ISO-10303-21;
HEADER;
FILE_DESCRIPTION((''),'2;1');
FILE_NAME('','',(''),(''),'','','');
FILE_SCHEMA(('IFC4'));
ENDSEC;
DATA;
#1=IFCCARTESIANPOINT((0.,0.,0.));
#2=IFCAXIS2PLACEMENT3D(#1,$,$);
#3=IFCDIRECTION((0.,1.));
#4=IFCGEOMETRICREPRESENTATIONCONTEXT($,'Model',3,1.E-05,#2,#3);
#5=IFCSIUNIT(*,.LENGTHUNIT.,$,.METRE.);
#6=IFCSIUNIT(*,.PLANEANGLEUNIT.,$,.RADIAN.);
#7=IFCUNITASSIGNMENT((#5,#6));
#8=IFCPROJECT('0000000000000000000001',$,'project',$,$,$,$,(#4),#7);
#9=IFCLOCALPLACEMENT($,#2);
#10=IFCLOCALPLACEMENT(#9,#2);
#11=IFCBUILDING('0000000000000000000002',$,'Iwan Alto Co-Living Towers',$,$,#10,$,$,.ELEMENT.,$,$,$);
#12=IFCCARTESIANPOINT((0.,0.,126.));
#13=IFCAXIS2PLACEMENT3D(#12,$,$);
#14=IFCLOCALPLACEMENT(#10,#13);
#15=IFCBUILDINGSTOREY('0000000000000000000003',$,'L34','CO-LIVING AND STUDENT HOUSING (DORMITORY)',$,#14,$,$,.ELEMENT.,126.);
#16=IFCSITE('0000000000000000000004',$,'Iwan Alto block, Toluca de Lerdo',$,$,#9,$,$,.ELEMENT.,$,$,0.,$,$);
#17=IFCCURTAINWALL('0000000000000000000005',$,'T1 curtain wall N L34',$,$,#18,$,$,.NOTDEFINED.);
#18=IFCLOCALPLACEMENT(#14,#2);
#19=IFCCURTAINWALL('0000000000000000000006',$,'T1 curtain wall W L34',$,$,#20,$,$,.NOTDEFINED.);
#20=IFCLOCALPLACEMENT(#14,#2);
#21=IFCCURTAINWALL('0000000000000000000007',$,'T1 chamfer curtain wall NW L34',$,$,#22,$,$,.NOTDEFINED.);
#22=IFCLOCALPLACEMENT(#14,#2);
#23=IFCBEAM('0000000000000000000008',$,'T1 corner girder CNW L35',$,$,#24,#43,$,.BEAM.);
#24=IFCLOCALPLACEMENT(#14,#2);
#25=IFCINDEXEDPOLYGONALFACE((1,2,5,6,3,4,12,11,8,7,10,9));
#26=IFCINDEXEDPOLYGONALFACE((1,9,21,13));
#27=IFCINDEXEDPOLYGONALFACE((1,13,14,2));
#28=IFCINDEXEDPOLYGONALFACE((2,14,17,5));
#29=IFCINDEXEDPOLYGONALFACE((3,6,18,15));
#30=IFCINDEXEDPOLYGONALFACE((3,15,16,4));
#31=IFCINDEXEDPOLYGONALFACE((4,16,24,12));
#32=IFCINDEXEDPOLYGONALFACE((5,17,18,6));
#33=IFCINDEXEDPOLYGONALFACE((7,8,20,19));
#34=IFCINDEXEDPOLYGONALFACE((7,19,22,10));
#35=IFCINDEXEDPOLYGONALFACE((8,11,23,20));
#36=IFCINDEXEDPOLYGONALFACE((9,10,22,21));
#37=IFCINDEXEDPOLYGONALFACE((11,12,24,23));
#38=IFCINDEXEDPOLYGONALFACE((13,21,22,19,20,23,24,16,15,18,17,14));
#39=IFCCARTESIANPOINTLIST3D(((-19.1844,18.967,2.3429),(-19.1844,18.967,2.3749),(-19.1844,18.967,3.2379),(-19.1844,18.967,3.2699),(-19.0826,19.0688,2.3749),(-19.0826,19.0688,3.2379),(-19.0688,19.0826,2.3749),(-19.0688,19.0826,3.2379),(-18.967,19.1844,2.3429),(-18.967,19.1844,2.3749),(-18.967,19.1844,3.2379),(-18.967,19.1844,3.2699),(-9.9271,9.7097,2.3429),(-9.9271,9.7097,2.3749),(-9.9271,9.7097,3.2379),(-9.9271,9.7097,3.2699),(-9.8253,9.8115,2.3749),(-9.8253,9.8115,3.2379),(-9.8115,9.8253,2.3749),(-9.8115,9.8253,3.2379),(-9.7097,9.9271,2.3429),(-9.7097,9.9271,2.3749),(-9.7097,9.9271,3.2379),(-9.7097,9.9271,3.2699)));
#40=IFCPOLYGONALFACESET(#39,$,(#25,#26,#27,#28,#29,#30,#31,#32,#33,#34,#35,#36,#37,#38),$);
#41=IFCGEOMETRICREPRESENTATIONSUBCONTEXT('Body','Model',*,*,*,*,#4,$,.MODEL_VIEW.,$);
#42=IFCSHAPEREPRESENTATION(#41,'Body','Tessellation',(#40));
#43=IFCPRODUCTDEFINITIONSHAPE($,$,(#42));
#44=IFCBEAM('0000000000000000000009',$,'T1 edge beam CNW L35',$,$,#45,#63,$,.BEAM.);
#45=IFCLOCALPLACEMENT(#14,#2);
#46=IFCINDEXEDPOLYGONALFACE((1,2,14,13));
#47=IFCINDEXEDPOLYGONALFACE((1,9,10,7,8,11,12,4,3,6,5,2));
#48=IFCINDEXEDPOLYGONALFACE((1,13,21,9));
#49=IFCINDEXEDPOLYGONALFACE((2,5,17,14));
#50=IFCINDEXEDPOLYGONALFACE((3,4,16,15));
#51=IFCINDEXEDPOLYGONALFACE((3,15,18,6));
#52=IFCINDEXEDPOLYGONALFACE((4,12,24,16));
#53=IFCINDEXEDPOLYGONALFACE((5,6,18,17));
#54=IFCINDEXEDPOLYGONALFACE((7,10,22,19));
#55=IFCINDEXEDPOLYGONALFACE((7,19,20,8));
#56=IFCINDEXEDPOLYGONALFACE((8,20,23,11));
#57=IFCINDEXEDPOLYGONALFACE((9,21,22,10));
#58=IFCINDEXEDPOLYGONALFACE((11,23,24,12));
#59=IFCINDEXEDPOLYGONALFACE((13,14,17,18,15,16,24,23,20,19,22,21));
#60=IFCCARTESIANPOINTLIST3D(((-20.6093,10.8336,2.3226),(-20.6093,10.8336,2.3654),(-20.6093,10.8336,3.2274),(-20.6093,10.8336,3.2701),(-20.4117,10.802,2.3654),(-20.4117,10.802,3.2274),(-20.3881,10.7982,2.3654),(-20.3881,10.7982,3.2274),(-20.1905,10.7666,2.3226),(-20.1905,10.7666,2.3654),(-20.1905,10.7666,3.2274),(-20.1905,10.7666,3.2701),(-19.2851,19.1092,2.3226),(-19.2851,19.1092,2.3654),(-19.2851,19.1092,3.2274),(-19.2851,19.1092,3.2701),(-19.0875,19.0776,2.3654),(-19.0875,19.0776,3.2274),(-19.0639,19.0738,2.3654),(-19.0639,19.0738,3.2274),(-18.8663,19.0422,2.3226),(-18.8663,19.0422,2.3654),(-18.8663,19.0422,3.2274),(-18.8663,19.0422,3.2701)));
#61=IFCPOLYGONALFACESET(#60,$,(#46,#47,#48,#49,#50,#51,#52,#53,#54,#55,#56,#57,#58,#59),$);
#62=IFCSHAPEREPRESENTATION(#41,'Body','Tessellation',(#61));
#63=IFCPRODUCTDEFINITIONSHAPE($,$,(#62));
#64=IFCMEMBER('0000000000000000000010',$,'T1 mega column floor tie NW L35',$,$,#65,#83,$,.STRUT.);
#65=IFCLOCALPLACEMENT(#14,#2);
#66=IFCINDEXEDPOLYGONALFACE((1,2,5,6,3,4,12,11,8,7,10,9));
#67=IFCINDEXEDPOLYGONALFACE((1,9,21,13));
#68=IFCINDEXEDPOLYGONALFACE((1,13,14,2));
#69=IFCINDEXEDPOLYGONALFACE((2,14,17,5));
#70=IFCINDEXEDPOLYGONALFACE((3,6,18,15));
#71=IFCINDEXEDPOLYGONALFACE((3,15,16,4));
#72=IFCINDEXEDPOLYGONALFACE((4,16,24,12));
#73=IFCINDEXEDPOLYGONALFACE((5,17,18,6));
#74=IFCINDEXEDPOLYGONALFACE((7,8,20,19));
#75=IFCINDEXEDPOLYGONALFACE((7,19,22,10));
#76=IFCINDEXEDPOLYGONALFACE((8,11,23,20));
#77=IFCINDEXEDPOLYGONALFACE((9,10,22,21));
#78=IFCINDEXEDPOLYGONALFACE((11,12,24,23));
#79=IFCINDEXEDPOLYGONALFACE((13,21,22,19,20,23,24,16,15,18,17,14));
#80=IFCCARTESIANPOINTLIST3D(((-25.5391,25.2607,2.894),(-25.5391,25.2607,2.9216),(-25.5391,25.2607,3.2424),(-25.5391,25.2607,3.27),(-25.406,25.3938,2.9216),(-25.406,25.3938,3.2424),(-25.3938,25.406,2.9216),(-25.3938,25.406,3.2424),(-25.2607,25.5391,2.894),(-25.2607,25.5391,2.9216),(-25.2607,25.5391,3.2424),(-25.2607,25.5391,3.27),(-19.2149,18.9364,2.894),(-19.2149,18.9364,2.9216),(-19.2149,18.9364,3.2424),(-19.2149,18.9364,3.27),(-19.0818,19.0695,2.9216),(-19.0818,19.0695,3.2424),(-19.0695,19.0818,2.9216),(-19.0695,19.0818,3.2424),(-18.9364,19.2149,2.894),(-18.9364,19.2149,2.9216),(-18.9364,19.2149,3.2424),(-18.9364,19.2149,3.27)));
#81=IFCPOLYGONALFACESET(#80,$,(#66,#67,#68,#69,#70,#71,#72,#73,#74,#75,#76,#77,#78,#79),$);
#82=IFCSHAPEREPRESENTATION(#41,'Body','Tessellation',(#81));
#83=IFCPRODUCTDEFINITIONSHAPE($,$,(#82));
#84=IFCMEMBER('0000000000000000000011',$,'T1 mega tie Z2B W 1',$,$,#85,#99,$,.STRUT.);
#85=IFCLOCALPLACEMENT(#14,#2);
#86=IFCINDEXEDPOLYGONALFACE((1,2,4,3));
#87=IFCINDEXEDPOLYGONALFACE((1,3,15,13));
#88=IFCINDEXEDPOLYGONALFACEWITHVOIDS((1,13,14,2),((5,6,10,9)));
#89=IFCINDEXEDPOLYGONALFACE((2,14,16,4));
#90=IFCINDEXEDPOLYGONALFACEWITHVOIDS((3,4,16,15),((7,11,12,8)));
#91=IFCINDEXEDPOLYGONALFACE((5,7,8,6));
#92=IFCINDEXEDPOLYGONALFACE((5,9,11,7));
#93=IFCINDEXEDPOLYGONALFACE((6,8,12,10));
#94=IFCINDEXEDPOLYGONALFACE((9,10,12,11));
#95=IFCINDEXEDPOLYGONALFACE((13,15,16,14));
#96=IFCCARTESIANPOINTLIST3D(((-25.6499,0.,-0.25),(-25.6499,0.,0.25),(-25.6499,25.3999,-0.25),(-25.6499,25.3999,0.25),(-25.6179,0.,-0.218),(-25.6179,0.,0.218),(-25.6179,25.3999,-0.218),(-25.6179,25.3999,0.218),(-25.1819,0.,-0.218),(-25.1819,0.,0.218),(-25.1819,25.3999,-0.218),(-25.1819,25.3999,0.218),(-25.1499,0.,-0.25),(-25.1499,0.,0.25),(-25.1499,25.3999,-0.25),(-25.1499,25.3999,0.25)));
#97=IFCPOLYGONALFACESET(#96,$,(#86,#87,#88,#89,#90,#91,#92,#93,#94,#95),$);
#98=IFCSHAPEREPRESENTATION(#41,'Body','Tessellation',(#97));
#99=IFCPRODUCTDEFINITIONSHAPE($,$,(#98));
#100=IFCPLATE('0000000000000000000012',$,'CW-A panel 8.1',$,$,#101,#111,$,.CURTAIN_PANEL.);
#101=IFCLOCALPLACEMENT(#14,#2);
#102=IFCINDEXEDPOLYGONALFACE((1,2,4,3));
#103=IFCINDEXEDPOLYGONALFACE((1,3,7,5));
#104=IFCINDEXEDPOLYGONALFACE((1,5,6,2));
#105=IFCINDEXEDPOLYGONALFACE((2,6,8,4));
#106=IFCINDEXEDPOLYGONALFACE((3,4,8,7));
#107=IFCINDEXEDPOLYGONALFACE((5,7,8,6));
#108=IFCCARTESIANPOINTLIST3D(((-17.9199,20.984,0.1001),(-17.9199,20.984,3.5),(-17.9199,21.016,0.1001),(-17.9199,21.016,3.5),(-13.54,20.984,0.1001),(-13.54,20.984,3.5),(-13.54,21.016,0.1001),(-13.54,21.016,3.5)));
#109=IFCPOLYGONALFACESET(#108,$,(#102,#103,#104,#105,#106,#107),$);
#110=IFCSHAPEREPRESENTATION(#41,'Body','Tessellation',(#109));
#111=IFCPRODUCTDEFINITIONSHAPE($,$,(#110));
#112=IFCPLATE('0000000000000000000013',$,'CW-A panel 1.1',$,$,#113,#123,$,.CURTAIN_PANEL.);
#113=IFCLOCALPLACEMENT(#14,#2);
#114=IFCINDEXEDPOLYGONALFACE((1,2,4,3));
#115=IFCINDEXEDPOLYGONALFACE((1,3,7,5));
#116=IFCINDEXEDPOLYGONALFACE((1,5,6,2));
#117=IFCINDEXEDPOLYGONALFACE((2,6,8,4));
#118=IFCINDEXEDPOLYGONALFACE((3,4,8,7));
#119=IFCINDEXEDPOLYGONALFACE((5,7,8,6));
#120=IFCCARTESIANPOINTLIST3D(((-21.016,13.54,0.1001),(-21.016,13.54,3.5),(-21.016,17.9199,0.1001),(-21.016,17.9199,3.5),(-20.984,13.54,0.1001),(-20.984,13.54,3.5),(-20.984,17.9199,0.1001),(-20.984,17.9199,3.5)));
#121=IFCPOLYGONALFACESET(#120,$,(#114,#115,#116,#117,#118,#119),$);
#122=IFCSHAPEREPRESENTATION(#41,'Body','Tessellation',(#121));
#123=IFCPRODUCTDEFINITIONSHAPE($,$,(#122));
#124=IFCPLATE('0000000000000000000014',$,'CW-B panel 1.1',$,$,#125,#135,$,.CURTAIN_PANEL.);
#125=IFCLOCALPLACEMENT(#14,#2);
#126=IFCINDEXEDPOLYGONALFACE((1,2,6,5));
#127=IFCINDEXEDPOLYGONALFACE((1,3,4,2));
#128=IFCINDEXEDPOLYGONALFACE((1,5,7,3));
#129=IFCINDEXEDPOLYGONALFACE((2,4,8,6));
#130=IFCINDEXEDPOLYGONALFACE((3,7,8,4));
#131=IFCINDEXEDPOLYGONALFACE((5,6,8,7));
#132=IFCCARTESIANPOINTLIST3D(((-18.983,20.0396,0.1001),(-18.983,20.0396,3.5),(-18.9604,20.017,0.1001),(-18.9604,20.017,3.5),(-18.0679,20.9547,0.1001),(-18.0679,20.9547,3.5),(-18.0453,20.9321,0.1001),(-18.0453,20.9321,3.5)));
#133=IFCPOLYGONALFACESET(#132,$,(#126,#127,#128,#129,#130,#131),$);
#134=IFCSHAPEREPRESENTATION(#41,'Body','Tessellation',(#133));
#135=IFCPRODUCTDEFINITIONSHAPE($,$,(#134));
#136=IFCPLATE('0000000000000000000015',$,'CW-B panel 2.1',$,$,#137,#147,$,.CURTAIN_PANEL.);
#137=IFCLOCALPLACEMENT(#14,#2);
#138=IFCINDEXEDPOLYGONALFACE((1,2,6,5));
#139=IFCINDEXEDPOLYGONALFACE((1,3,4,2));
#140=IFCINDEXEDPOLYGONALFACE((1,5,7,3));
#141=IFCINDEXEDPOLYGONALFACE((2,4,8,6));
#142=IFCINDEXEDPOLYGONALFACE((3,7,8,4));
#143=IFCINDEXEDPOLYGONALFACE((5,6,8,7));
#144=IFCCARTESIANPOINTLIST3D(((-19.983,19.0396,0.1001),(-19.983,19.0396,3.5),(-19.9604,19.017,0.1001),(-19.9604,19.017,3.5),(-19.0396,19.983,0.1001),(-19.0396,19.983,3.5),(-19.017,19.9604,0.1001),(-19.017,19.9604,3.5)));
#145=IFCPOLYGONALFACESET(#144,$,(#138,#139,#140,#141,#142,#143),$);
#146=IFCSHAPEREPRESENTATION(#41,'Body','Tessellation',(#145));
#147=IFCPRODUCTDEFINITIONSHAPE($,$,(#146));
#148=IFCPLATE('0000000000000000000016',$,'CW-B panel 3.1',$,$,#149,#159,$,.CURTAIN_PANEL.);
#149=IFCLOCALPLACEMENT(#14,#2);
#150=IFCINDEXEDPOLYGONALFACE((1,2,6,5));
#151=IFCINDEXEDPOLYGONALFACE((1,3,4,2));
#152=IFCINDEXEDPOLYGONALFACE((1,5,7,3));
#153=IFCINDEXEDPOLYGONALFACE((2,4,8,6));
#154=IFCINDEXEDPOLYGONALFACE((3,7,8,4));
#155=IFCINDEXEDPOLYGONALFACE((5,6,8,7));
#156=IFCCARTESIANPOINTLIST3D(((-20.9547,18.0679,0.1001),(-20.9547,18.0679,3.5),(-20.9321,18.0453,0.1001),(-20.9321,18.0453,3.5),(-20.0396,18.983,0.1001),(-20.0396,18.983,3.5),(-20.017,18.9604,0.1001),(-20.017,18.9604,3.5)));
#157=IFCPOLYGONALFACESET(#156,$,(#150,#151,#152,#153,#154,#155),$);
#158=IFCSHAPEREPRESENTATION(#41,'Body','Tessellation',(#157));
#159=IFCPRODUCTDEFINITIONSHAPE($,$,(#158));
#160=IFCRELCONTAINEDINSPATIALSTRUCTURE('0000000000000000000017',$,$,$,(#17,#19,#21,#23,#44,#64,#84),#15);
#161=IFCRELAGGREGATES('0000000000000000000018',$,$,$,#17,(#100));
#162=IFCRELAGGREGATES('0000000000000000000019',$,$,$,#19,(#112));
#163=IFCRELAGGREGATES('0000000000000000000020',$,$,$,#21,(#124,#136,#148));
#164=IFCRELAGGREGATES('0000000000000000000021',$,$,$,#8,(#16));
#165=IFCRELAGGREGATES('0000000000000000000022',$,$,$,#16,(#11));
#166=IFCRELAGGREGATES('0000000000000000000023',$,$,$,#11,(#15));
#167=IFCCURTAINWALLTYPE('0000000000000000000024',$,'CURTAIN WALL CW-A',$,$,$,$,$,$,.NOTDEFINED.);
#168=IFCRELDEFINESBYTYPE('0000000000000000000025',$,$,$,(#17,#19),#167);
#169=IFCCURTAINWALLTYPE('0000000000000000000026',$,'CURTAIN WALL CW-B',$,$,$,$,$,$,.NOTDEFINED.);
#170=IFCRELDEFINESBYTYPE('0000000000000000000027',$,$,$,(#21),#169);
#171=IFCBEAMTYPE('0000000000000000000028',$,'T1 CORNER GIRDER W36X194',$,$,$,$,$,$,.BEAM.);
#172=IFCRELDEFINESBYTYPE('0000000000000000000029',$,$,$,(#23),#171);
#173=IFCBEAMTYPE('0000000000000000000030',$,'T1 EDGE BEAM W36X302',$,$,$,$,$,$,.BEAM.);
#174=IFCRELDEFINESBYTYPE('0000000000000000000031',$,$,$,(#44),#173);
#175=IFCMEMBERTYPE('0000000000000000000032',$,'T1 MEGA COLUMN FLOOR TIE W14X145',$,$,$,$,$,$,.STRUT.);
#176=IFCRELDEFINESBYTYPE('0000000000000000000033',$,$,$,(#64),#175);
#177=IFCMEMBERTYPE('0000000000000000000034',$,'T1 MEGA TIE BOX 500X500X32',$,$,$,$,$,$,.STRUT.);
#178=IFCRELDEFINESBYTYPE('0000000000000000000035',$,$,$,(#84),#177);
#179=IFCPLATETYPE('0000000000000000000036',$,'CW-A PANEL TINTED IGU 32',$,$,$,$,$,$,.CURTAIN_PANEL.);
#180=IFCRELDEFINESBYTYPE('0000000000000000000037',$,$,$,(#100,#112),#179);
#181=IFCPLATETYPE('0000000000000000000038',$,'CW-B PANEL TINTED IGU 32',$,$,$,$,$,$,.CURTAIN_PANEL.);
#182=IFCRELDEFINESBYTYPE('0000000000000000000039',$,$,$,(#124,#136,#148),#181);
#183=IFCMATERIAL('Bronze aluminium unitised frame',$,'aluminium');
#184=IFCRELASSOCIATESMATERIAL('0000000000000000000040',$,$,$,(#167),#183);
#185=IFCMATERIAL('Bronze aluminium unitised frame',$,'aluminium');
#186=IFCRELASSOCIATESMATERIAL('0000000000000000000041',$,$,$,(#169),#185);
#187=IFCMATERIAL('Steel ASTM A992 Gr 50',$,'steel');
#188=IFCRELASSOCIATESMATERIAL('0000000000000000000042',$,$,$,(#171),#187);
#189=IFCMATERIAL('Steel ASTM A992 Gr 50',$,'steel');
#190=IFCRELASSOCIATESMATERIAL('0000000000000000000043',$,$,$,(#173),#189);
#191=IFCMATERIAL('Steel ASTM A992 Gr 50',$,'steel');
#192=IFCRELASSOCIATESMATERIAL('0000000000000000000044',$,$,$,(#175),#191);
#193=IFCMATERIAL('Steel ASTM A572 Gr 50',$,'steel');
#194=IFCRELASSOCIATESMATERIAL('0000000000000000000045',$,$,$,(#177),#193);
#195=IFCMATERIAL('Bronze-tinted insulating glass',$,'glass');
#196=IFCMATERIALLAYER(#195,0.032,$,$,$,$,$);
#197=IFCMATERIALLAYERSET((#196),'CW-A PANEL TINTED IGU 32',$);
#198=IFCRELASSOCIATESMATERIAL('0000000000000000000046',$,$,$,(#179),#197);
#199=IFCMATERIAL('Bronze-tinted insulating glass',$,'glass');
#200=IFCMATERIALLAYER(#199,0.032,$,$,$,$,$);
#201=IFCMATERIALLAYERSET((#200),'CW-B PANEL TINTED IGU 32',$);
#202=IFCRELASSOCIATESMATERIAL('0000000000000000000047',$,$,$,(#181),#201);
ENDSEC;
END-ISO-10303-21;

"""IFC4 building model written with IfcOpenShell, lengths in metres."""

from ifc_helpers import new_model, si_unit, direction, frame, origin, origin_2d, place, context, subcontext, project, spatial, rectangle, hollow_rectangle, i_section, extrude, material, layer, layer_set, material_profile, profile_set, type_object, element, aggregate, save


model = new_model("IFC4")

# Units and contexts
model_context = context("Model", 3, precision=1e-05, world=origin(), true_north=direction((0.0, 1.0)))
body_context = subcontext(model_context, "Body", "Model", "MODEL_VIEW")
ifc_project = project(units=[si_unit("LENGTHUNIT", "METRE"), si_unit("PLANEANGLEUNIT", "RADIAN")], contexts=[model_context])

# Site, building, storey
site_placement = place(None, origin())
site = spatial("IfcSite", under=ifc_project, at=site_placement, Name="Iwan Alto block, Toluca de Lerdo", CompositionType="ELEMENT", RefElevation=0.0)
building_placement = place(site_placement, origin())
building = spatial("IfcBuilding", under=site, at=building_placement, Name="Iwan Alto Co-Living Towers", CompositionType="ELEMENT")
storey_placement = place(building_placement, frame((0.0, 0.0, 126.0)))
storey = spatial("IfcBuildingStorey", under=building, at=storey_placement, Name="L34", Description="CO-LIVING AND STUDENT HOUSING (DORMITORY)", CompositionType="ELEMENT", Elevation=126.0)

# Curtain wall
ifc_material_1 = material(Name="Bronze aluminium unitised frame", Category="aluminium")
curtain_wall_type_1 = type_object("IfcCurtainWallType", Name="CURTAIN WALL CW-A", PredefinedType="NOTDEFINED", material=ifc_material_1)
curtain_wall_1_placement = place(storey_placement, origin())
curtain_wall_1 = element("IfcCurtainWall", 1, at=curtain_wall_1_placement, inside=storey, type_object=curtain_wall_type_1, Name="T1 curtain wall N L34", PredefinedType="NOTDEFINED")

# Curtain walls
curtain_wall_2_placement = place(storey_placement, origin())
curtain_wall_2 = element("IfcCurtainWall", 2, at=curtain_wall_2_placement, inside=storey, type_object=curtain_wall_type_1, Name="T1 curtain wall W L34", PredefinedType="NOTDEFINED")
ifc_material_2 = material(Name="Bronze aluminium unitised frame", Category="aluminium")
curtain_wall_type_2 = type_object("IfcCurtainWallType", Name="CURTAIN WALL CW-B", PredefinedType="NOTDEFINED", material=ifc_material_2)
curtain_wall_3_placement = place(storey_placement, origin())
curtain_wall_3 = element("IfcCurtainWall", 3, at=curtain_wall_3_placement, inside=storey, type_object=curtain_wall_type_2, Name="T1 chamfer curtain wall NW L34", PredefinedType="NOTDEFINED")

# Beams
ifc_material_3 = material(Name="Steel ASTM A992 Gr 50", Category="steel")
ifc_material_profile_1 = material_profile(ifc_material_3, i_section(OverallWidth=0.3074, OverallDepth=0.927, WebThickness=0.0195, FlangeThickness=0.032, at=origin_2d()), Name="W36X194")
ifc_profile_set_1 = profile_set([ifc_material_profile_1], Name="Steel ASTM A992 Gr 50")
beam_type_1 = type_object("IfcBeamType", Name="T1 CORNER GIRDER W36X194", PredefinedType="BEAM", material=ifc_profile_set_1)
beam_1_placement = place(storey_placement, frame((-19.0757, 19.0757, 2.8064), z_axis=(0.707107, -0.707107, 0.0), x_axis=(0.707107, 0.707107, 0.0)))
element("IfcBeam", 4, at=beam_1_placement, inside=storey, type_object=beam_type_1, Name="T1 corner girder CNW L35", PredefinedType="BEAM", context=body_context, shape_type="SweptSolid", body=[
    extrude(i_section(OverallWidth=0.3074, OverallDepth=0.927, WebThickness=0.0195, FlangeThickness=0.032, at=origin_2d()), origin(), (0.0, 0.0, 1.0), 13.0918),
])
ifc_material_4 = material(Name="Steel ASTM A992 Gr 50", Category="steel")
ifc_material_profile_2 = material_profile(ifc_material_4, i_section(OverallWidth=0.4241, OverallDepth=0.9475, WebThickness=0.0239, FlangeThickness=0.0427, at=origin_2d()), Name="W36X302")
ifc_profile_set_2 = profile_set([ifc_material_profile_2], Name="Steel ASTM A992 Gr 50")
beam_type_2 = type_object("IfcBeamType", Name="T1 EDGE BEAM W36X302", PredefinedType="BEAM", material=ifc_profile_set_2)
beam_2_placement = place(storey_placement, frame((-19.0757, 19.0757, 2.7964), z_axis=(-0.158004, -0.987438, 0.0), x_axis=(0.987438, -0.158004, 0.0)))
element("IfcBeam", 5, at=beam_2_placement, inside=storey, type_object=beam_type_2, Name="T1 edge beam CNW L35", PredefinedType="BEAM", context=body_context, shape_type="SweptSolid", body=[
    extrude(i_section(OverallWidth=0.4241, OverallDepth=0.9475, WebThickness=0.0239, FlangeThickness=0.0427, at=origin_2d()), origin(), (0.0, 0.0, 1.0), 8.3809),
])

# Members
ifc_material_5 = material(Name="Steel ASTM A992 Gr 50", Category="steel")
ifc_material_profile_3 = material_profile(ifc_material_5, i_section(OverallWidth=0.3938, OverallDepth=0.376, WebThickness=0.0173, FlangeThickness=0.0276, at=origin_2d()), Name="W14X145")
ifc_profile_set_3 = profile_set([ifc_material_profile_3], Name="Steel ASTM A992 Gr 50")
member_type_1 = type_object("IfcMemberType", Name="T1 MEGA COLUMN FLOOR TIE W14X145", PredefinedType="STRUT", material=ifc_profile_set_3)
member_1_placement = place(storey_placement, frame((-25.3999, 25.3999, 3.082), z_axis=(0.707107, -0.707107, 0.0), x_axis=(0.707107, 0.707107, 0.0)))
element("IfcMember", 6, at=member_1_placement, inside=storey, type_object=member_type_1, Name="T1 mega column floor tie NW L35", PredefinedType="STRUT", context=body_context, shape_type="SweptSolid", body=[
    extrude(i_section(OverallWidth=0.3938, OverallDepth=0.376, WebThickness=0.0173, FlangeThickness=0.0276, at=origin_2d()), origin(), (0.0, 0.0, 1.0), 8.9438),
])
ifc_material_6 = material(Name="Steel ASTM A572 Gr 50", Category="steel")
ifc_material_profile_4 = material_profile(ifc_material_6, hollow_rectangle(XDim=0.5, YDim=0.5, WallThickness=0.032, at=origin_2d()), Name="BOX 500X500X32")
ifc_profile_set_4 = profile_set([ifc_material_profile_4], Name="Steel ASTM A572 Gr 50")
member_type_2 = type_object("IfcMemberType", Name="T1 MEGA TIE BOX 500X500X32", PredefinedType="STRUT", material=ifc_profile_set_4)
member_2_placement = place(storey_placement, frame((-25.3999, 25.3999, 0.0), z_axis=(0.0, -1.0, 0.0), x_axis=(1.0, 0.0, 0.0)))
element("IfcMember", 7, at=member_2_placement, inside=storey, type_object=member_type_2, Name="T1 mega tie Z2B W 1", PredefinedType="STRUT", context=body_context, shape_type="SweptSolid", body=[
    extrude(hollow_rectangle(XDim=0.5, YDim=0.5, WallThickness=0.032, at=origin_2d()), origin(), (0.0, 0.0, 1.0), 25.3999),
])

# Plates
ifc_material_7 = material(Name="Bronze-tinted insulating glass", Category="glass")
ifc_layer_1 = layer(ifc_material_7, 0.032)
ifc_layer_set_1 = layer_set([ifc_layer_1], Name="CW-A PANEL TINTED IGU 32")
plate_type_1 = type_object("IfcPlateType", Name="CW-A PANEL TINTED IGU 32", PredefinedType="CURTAIN_PANEL", material=ifc_layer_set_1)
plate_1_placement = place(storey_placement, frame((-15.73, 21.0, 0.1001), z_axis=(0.0, 0.0, 1.0), x_axis=(-1.0, 0.0, 0.0)))
plate_1 = element("IfcPlate", 8, at=plate_1_placement, type_object=plate_type_1, Name="CW-A panel 8.1", PredefinedType="CURTAIN_PANEL", context=body_context, shape_type="SweptSolid", body=[
    extrude(rectangle(XDim=4.3799, YDim=0.032, at=origin_2d()), origin(), (0.0, 0.0, 1.0), 3.3999),
])
aggregate(curtain_wall_1, [plate_1])
plate_2_placement = place(storey_placement, frame((-21.0, 15.73, 0.1001), z_axis=(0.0, 0.0, 1.0), x_axis=(0.0, -1.0, 0.0)))
plate_2 = element("IfcPlate", 9, at=plate_2_placement, type_object=plate_type_1, Name="CW-A panel 1.1", PredefinedType="CURTAIN_PANEL", context=body_context, shape_type="SweptSolid", body=[
    extrude(rectangle(XDim=4.3799, YDim=0.032, at=origin_2d()), origin(), (0.0, 0.0, 1.0), 3.3999),
])
aggregate(curtain_wall_2, [plate_2])
ifc_material_8 = material(Name="Bronze-tinted insulating glass", Category="glass")
ifc_layer_2 = layer(ifc_material_8, 0.032)
ifc_layer_set_2 = layer_set([ifc_layer_2], Name="CW-B PANEL TINTED IGU 32")
plate_type_2 = type_object("IfcPlateType", Name="CW-B PANEL TINTED IGU 32", PredefinedType="CURTAIN_PANEL", material=ifc_layer_set_2)
plate_3_placement = place(storey_placement, frame((-18.5142, 20.4858, 0.1001), z_axis=(0.0, 0.0, 1.0), x_axis=(-0.707107, -0.707107, 0.0)))
plate_3 = element("IfcPlate", 10, at=plate_3_placement, type_object=plate_type_2, Name="CW-B panel 1.1", PredefinedType="CURTAIN_PANEL", context=body_context, shape_type="SweptSolid", body=[
    extrude(rectangle(XDim=1.2942, YDim=0.032, at=origin_2d()), origin(), (0.0, 0.0, 1.0), 3.3999),
])
plate_4_placement = place(storey_placement, frame((-19.5, 19.5, 0.1001), z_axis=(0.0, 0.0, 1.0), x_axis=(-0.707107, -0.707107, 0.0)))
plate_4 = element("IfcPlate", 11, at=plate_4_placement, type_object=plate_type_2, Name="CW-B panel 2.1", PredefinedType="CURTAIN_PANEL", context=body_context, shape_type="SweptSolid", body=[
    extrude(rectangle(XDim=1.3342, YDim=0.032, at=origin_2d()), origin(), (0.0, 0.0, 1.0), 3.3999),
])
plate_5_placement = place(storey_placement, frame((-20.4858, 18.5142, 0.1001), z_axis=(0.0, 0.0, 1.0), x_axis=(-0.707107, -0.707107, 0.0)))
plate_5 = element("IfcPlate", 12, at=plate_5_placement, type_object=plate_type_2, Name="CW-B panel 3.1", PredefinedType="CURTAIN_PANEL", context=body_context, shape_type="SweptSolid", body=[
    extrude(rectangle(XDim=1.2942, YDim=0.032, at=origin_2d()), origin(), (0.0, 0.0, 1.0), 3.3999),
])
aggregate(curtain_wall_3, [plate_3, plate_4, plate_5])

save(model, "model.ifc")
